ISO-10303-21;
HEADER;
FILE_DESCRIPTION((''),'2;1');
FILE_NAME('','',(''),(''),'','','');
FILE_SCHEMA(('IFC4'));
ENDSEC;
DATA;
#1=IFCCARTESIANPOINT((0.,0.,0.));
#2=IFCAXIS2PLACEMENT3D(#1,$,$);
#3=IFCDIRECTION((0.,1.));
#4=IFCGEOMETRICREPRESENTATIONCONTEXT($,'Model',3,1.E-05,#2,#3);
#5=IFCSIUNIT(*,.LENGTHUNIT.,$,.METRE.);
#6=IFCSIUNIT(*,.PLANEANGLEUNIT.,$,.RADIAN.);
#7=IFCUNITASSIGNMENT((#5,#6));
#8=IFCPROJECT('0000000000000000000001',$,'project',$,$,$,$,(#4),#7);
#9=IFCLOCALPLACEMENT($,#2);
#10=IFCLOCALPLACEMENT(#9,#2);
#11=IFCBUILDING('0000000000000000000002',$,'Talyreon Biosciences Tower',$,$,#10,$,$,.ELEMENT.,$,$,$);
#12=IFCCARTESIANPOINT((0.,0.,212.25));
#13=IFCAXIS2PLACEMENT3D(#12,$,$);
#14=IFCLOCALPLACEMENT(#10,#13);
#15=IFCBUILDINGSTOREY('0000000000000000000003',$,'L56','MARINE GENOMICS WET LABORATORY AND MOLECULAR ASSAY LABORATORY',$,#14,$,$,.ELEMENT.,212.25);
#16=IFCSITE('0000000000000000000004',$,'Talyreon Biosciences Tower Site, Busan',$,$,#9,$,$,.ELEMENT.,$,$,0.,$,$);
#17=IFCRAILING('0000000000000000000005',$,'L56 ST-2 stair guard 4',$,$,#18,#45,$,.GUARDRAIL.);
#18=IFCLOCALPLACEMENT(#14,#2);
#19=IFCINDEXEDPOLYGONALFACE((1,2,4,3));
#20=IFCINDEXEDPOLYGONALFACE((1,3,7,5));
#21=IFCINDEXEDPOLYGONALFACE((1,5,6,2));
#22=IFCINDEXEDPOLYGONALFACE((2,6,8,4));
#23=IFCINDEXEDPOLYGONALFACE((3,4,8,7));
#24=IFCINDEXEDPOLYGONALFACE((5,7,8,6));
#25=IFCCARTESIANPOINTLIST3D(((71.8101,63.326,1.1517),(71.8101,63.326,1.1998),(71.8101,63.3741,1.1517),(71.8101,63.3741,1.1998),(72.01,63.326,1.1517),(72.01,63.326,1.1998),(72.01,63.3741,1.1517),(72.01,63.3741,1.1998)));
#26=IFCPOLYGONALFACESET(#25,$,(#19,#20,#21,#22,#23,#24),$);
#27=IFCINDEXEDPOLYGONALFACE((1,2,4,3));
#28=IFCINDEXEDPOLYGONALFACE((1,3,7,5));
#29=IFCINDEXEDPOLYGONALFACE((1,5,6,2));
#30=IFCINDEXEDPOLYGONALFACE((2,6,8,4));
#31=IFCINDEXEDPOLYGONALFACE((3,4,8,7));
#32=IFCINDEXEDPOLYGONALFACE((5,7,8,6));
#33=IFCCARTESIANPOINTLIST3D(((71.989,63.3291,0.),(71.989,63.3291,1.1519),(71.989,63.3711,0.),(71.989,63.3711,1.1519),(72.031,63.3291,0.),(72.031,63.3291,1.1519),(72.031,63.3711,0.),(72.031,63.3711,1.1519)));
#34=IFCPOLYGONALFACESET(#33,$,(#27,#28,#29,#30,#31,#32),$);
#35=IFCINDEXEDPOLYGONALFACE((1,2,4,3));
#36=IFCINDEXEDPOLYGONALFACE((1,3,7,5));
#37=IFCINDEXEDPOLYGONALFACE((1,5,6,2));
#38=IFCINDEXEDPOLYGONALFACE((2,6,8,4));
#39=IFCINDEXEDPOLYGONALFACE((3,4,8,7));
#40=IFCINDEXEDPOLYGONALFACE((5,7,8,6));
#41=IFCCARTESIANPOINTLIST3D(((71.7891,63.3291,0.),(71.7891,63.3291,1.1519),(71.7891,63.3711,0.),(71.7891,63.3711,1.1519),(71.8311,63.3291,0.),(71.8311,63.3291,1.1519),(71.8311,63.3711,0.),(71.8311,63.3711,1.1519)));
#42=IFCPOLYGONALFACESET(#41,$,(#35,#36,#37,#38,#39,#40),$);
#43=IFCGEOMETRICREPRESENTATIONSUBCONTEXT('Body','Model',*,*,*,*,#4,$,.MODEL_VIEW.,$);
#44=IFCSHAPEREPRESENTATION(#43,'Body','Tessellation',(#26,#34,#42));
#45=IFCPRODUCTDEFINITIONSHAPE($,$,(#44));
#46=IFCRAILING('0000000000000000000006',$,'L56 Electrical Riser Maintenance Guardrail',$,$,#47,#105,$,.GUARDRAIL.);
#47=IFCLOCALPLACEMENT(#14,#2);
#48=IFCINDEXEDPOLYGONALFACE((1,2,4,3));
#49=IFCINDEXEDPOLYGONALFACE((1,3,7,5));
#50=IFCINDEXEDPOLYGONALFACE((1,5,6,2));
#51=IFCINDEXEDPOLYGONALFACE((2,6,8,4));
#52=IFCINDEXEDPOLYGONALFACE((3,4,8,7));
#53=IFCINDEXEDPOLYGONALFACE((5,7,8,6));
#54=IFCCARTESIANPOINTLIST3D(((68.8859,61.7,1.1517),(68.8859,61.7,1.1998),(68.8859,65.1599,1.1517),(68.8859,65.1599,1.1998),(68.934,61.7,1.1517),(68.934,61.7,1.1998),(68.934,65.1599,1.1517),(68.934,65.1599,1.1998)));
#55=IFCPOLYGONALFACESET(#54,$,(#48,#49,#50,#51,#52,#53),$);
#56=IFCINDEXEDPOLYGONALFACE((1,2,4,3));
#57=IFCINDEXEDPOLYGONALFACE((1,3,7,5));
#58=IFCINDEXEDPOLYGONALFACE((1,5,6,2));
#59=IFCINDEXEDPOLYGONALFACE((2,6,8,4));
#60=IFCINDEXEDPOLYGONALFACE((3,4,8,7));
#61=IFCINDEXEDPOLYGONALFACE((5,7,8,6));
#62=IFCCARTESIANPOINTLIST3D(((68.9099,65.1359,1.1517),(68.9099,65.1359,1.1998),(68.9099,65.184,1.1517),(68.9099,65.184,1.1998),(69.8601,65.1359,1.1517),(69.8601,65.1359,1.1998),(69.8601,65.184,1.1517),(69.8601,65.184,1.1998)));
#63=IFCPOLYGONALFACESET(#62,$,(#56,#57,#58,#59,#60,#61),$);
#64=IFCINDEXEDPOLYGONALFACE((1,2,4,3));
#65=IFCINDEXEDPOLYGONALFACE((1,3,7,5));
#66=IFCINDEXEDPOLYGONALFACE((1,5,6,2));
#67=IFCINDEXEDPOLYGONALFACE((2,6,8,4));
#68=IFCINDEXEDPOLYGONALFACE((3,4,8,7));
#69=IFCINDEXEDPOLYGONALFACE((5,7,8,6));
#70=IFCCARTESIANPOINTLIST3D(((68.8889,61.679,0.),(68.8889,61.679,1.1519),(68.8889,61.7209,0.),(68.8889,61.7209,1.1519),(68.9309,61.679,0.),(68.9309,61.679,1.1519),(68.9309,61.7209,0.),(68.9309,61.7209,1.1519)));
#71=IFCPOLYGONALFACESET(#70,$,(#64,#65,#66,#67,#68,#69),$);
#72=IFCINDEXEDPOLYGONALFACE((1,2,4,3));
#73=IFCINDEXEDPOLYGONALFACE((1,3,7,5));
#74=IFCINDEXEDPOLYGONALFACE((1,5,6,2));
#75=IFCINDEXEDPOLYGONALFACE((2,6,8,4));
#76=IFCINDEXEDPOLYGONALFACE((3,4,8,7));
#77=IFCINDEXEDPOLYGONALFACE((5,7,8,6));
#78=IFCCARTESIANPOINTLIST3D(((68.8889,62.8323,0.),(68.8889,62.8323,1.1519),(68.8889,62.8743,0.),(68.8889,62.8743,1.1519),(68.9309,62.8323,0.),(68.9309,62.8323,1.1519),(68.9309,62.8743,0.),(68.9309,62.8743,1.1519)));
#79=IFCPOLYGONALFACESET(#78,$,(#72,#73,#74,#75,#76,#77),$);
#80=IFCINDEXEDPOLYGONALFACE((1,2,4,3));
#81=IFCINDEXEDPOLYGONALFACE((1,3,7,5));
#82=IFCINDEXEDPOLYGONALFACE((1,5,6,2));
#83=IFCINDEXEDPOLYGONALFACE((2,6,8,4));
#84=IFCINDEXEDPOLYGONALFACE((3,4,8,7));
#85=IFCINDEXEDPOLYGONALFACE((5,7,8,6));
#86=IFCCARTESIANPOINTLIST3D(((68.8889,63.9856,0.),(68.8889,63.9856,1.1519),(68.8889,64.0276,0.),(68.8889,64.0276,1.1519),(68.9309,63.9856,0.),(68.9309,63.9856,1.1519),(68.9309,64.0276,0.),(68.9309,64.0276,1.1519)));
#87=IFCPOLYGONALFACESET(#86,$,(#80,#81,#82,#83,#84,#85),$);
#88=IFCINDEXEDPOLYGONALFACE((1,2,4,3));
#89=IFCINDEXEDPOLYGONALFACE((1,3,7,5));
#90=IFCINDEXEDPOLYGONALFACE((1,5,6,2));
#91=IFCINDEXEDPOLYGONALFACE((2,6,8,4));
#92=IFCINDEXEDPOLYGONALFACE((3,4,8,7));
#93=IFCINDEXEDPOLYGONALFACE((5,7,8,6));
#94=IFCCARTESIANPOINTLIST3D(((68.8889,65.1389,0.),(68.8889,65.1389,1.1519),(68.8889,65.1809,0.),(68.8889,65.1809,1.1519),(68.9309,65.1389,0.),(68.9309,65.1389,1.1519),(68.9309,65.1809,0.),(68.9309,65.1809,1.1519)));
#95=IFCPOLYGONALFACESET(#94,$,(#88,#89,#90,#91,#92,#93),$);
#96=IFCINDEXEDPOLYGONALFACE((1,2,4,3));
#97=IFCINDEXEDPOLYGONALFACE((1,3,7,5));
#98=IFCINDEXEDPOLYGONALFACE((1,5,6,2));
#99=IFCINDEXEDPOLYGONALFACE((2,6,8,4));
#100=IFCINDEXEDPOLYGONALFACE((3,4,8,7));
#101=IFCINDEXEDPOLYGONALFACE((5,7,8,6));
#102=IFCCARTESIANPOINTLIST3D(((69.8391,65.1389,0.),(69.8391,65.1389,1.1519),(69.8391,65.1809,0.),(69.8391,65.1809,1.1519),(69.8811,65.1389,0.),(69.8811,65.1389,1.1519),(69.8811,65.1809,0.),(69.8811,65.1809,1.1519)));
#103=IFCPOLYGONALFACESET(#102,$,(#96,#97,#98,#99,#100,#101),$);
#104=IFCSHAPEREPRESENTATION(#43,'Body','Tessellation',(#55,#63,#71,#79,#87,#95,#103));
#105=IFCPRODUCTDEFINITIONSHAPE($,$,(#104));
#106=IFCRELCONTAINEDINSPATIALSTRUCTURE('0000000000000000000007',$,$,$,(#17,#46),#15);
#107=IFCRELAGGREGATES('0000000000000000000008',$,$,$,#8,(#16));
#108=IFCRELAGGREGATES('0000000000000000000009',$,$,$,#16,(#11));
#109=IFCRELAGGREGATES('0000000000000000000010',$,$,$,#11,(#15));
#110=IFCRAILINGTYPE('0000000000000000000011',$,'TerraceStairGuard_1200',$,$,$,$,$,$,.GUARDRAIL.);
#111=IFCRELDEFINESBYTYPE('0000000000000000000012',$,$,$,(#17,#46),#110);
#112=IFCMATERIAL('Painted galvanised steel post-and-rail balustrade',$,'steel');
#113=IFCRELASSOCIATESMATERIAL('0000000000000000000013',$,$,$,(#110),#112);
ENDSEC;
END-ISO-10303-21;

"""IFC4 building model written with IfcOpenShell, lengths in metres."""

from ifc_helpers import new_model, si_unit, direction, frame, origin, origin_2d, place, context, subcontext, project, spatial, rectangle, extrude, material, type_object, element, save


model = new_model("IFC4")

# Units and contexts
model_context = context("Model", 3, precision=1e-05, world=origin(), true_north=direction((0.0, 1.0)))
body_context = subcontext(model_context, "Body", "Model", "MODEL_VIEW")
ifc_project = project(units=[si_unit("LENGTHUNIT", "METRE"), si_unit("PLANEANGLEUNIT", "RADIAN")], contexts=[model_context])

# Site, building, storey
site_placement = place(None, origin())
site = spatial("IfcSite", under=ifc_project, at=site_placement, Name="Talyreon Biosciences Tower Site, Busan", CompositionType="ELEMENT", RefElevation=0.0)
building_placement = place(site_placement, origin())
building = spatial("IfcBuilding", under=site, at=building_placement, Name="Talyreon Biosciences Tower", CompositionType="ELEMENT")
storey_placement = place(building_placement, frame((0.0, 0.0, 212.25)))
storey = spatial("IfcBuildingStorey", under=building, at=storey_placement, Name="L56", Description="MARINE GENOMICS WET LABORATORY AND MOLECULAR ASSAY LABORATORY", CompositionType="ELEMENT", Elevation=212.25)

# Railings
ifc_material_1 = material(Name="Painted galvanised steel post-and-rail balustrade", Category="steel")
railing_type_1 = type_object("IfcRailingType", Name="TerraceStairGuard_1200", PredefinedType="GUARDRAIL", material=ifc_material_1)
railing_1_placement = place(storey_placement, frame((72.01, 63.3501, 0.0)))
element("IfcRailing", 1, at=railing_1_placement, inside=storey, type_object=railing_type_1, Name="L56 ST-2 stair guard 4", PredefinedType="GUARDRAIL", context=body_context, shape_type="SweptSolid", body=[
    extrude(rectangle(XDim=0.0481, YDim=0.0481, at=origin_2d()), frame((0.0, 0.0, 1.1758), z_axis=(-1.0, 0.0, 0.0), x_axis=(0.0, -1.0, 0.0)), (0.0, 0.0, 1.0), 0.2),
    extrude(rectangle(XDim=0.042, YDim=0.042, at=origin_2d()), origin(), (0.0, 0.0, 1.0), 1.1519),
    extrude(rectangle(XDim=0.042, YDim=0.042, at=origin_2d()), frame((-0.2, 0.0, 0.0)), (0.0, 0.0, 1.0), 1.1519),
])
railing_2_placement = place(storey_placement, frame((68.9099, 61.7, 0.0)))
element("IfcRailing", 2, at=railing_2_placement, inside=storey, type_object=railing_type_1, Name="L56 Electrical Riser Maintenance Guardrail", PredefinedType="GUARDRAIL", context=body_context, shape_type="SweptSolid", body=[
    extrude(rectangle(XDim=0.0481, YDim=0.0481, at=origin_2d()), frame((0.0, 0.0, 1.1758), z_axis=(0.0, 1.0, 0.0), x_axis=(-1.0, 0.0, 0.0)), (0.0, 0.0, 1.0), 3.46),
    extrude(rectangle(XDim=0.0481, YDim=0.0481, at=origin_2d()), frame((0.0, 3.46, 1.1758), z_axis=(1.0, 0.0, 0.0), x_axis=(0.0, 1.0, 0.0)), (0.0, 0.0, 1.0), 0.9502),
    extrude(rectangle(XDim=0.042, YDim=0.042, at=origin_2d()), origin(), (0.0, 0.0, 1.0), 1.1519),
    extrude(rectangle(XDim=0.042, YDim=0.042, at=origin_2d()), frame((0.0, 1.1533, 0.0)), (0.0, 0.0, 1.0), 1.1519),
    extrude(rectangle(XDim=0.042, YDim=0.042, at=origin_2d()), frame((0.0, 2.3066, 0.0)), (0.0, 0.0, 1.0), 1.1519),
    extrude(rectangle(XDim=0.042, YDim=0.042, at=origin_2d()), frame((0.0, 3.46, 0.0)), (0.0, 0.0, 1.0), 1.1519),
    extrude(rectangle(XDim=0.042, YDim=0.042, at=origin_2d()), frame((0.9502, 3.46, 0.0)), (0.0, 0.0, 1.0), 1.1519),
])

save(model, "model.ifc")
